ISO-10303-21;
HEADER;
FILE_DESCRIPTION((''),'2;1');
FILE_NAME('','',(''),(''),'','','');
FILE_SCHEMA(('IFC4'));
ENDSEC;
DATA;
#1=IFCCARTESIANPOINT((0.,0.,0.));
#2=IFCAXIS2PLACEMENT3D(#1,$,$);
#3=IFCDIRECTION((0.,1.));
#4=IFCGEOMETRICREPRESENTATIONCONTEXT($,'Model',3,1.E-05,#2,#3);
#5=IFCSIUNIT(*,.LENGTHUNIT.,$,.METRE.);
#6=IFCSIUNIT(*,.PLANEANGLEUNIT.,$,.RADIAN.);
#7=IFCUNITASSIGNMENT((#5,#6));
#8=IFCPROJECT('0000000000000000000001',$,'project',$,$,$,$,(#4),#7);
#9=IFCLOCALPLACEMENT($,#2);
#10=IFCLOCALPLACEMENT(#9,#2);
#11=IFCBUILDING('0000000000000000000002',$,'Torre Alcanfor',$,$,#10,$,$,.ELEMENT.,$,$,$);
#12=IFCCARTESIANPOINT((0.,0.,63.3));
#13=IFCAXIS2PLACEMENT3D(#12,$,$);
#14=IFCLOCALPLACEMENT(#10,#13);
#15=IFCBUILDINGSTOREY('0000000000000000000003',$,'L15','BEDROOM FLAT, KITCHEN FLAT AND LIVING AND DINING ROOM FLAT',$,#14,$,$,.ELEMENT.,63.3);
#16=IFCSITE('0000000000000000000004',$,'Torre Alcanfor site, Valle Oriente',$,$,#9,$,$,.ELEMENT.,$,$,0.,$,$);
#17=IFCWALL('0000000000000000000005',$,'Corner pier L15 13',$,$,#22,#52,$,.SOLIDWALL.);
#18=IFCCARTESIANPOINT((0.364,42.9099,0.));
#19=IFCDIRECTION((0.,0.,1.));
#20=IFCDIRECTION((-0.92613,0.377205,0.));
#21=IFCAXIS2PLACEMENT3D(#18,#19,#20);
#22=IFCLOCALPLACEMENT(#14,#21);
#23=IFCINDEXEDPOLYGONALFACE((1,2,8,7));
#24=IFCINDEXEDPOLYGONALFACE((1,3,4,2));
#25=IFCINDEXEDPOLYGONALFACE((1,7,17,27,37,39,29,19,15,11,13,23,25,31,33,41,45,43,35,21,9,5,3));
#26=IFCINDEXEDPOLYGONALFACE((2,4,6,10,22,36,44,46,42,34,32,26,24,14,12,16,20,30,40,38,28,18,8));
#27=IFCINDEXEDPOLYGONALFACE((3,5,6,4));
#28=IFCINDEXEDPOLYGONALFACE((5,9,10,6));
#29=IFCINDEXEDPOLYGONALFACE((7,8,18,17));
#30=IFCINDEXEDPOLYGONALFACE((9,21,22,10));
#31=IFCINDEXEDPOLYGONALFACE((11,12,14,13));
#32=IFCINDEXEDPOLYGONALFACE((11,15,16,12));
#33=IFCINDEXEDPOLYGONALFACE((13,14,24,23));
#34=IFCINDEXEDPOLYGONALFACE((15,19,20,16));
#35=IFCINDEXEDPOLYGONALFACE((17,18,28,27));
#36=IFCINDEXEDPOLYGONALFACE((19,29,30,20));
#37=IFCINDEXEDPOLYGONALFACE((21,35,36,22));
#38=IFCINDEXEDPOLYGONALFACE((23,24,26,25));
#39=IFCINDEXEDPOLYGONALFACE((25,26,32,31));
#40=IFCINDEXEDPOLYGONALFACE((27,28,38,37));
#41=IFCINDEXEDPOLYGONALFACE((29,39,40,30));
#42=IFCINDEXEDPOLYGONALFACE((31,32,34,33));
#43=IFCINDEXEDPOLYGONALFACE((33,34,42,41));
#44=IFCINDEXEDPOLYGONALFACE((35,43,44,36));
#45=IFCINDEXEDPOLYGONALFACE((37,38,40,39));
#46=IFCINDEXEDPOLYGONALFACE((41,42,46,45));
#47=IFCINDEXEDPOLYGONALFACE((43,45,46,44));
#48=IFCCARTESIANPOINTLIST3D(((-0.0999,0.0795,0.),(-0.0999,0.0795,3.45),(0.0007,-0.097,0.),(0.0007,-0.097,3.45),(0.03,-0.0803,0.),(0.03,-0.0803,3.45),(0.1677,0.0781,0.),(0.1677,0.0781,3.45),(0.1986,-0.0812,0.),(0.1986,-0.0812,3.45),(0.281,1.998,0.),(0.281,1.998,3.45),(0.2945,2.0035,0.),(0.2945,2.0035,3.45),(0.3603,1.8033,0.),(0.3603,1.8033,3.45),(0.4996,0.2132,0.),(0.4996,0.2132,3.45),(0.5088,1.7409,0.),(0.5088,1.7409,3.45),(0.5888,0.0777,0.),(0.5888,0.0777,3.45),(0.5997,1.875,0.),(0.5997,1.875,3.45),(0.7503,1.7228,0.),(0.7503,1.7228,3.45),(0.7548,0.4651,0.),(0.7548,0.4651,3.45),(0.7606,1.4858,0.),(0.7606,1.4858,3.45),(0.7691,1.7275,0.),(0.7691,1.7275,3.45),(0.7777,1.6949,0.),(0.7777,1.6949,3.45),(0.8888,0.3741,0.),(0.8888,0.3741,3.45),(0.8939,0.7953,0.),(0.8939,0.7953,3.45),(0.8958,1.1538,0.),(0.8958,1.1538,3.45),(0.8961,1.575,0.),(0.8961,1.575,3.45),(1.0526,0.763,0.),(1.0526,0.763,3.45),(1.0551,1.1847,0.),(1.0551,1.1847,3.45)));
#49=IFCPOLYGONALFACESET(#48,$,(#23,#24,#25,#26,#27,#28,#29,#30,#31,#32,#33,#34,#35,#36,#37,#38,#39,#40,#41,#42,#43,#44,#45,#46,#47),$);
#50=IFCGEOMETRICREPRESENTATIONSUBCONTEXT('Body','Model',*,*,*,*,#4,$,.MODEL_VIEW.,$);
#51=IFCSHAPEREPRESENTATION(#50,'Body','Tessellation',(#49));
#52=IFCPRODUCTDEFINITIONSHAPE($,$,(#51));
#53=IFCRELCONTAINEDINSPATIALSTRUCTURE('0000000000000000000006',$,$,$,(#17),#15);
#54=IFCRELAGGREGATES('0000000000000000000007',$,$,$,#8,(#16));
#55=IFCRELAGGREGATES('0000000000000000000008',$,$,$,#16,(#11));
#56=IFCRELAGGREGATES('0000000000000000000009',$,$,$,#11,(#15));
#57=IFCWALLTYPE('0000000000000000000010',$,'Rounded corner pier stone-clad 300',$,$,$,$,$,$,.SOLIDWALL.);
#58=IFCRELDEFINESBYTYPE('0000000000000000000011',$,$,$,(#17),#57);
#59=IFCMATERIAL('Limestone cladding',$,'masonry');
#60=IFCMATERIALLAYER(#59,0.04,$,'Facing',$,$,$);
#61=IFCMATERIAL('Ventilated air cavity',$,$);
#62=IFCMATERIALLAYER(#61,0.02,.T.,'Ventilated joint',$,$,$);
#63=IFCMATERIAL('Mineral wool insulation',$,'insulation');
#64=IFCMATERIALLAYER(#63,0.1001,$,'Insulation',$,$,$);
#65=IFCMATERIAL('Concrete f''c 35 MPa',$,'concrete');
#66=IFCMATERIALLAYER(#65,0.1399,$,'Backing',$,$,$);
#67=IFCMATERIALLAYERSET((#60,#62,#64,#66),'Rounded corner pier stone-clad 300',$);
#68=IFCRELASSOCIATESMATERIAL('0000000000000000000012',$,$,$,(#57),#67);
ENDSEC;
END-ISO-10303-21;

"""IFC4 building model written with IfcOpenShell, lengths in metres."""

from ifc_helpers import new_model, si_unit, direction, frame, origin, place, context, subcontext, project, spatial, polyline, outline, extrude, material, layer, layer_set, type_object, element, save


model = new_model("IFC4")

# Units and contexts
model_context = context("Model", 3, precision=1e-05, world=origin(), true_north=direction((0.0, 1.0)))
body_context = subcontext(model_context, "Body", "Model", "MODEL_VIEW")
ifc_project = project(units=[si_unit("LENGTHUNIT", "METRE"), si_unit("PLANEANGLEUNIT", "RADIAN")], contexts=[model_context])

# Site, building, storey
site_placement = place(None, origin())
site = spatial("IfcSite", under=ifc_project, at=site_placement, Name="Torre Alcanfor site, Valle Oriente", CompositionType="ELEMENT", RefElevation=0.0)
building_placement = place(site_placement, origin())
building = spatial("IfcBuilding", under=site, at=building_placement, Name="Torre Alcanfor", CompositionType="ELEMENT")
storey_placement = place(building_placement, frame((0.0, 0.0, 63.3)))
storey = spatial("IfcBuildingStorey", under=building, at=storey_placement, Name="L15", Description="BEDROOM FLAT, KITCHEN FLAT AND LIVING AND DINING ROOM FLAT", CompositionType="ELEMENT", Elevation=63.3)

# Shared definitions
ifc_material_1 = material(Name="Limestone cladding", Category="masonry")
ifc_material_2 = material(Name="Ventilated air cavity")
ifc_material_3 = material(Name="Mineral wool insulation", Category="insulation")
ifc_material_4 = material(Name="Concrete f'c 35 MPa", Category="concrete")

# Wall
ifc_layer_1 = layer(ifc_material_1, 0.04, Name="Facing")
ifc_layer_2 = layer(ifc_material_2, 0.02, ventilated=True, Name="Ventilated joint")
ifc_layer_3 = layer(ifc_material_3, 0.1001, Name="Insulation")
ifc_layer_4 = layer(ifc_material_4, 0.1399, Name="Backing")
ifc_layer_set_1 = layer_set([ifc_layer_1, ifc_layer_2, ifc_layer_3, ifc_layer_4], Name="Rounded corner pier stone-clad 300")
wall_type_1 = type_object("IfcWallType", Name="Rounded corner pier stone-clad 300", PredefinedType="SOLIDWALL", material=ifc_layer_set_1)
wall_1_placement = place(storey_placement, frame((0.364, 42.9099, 0.0), z_axis=(0.0, 0.0, 1.0), x_axis=(-0.92613, 0.377205, 0.0)))
element("IfcWall", 1, at=wall_1_placement, inside=storey, type_object=wall_type_1, Name="Corner pier L15 13", PredefinedType="SOLIDWALL", context=body_context, shape_type="SweptSolid", body=[
    extrude(outline(polyline([(0.3603, 1.8033), (0.5088, 1.7409), (0.7606, 1.4858), (0.8958, 1.1538), (0.8939, 0.7953), (0.7548, 0.4651), (0.4996, 0.2132), (0.1677, 0.0781), (-0.0999, 0.0795), (0.0007, -0.097), (0.03, -0.0803), (0.1986, -0.0812), (0.5888, 0.0777), (0.8888, 0.3741), (1.0526, 0.763), (1.0551, 1.1847), (0.8961, 1.575), (0.7777, 1.6949), (0.7691, 1.7275), (0.7503, 1.7228), (0.5997, 1.875), (0.2945, 2.0035), (0.281, 1.998), (0.3603, 1.8033)])), origin(), (0.0, 0.0, 1.0), 3.45),
])

save(model, "model.ifc")
